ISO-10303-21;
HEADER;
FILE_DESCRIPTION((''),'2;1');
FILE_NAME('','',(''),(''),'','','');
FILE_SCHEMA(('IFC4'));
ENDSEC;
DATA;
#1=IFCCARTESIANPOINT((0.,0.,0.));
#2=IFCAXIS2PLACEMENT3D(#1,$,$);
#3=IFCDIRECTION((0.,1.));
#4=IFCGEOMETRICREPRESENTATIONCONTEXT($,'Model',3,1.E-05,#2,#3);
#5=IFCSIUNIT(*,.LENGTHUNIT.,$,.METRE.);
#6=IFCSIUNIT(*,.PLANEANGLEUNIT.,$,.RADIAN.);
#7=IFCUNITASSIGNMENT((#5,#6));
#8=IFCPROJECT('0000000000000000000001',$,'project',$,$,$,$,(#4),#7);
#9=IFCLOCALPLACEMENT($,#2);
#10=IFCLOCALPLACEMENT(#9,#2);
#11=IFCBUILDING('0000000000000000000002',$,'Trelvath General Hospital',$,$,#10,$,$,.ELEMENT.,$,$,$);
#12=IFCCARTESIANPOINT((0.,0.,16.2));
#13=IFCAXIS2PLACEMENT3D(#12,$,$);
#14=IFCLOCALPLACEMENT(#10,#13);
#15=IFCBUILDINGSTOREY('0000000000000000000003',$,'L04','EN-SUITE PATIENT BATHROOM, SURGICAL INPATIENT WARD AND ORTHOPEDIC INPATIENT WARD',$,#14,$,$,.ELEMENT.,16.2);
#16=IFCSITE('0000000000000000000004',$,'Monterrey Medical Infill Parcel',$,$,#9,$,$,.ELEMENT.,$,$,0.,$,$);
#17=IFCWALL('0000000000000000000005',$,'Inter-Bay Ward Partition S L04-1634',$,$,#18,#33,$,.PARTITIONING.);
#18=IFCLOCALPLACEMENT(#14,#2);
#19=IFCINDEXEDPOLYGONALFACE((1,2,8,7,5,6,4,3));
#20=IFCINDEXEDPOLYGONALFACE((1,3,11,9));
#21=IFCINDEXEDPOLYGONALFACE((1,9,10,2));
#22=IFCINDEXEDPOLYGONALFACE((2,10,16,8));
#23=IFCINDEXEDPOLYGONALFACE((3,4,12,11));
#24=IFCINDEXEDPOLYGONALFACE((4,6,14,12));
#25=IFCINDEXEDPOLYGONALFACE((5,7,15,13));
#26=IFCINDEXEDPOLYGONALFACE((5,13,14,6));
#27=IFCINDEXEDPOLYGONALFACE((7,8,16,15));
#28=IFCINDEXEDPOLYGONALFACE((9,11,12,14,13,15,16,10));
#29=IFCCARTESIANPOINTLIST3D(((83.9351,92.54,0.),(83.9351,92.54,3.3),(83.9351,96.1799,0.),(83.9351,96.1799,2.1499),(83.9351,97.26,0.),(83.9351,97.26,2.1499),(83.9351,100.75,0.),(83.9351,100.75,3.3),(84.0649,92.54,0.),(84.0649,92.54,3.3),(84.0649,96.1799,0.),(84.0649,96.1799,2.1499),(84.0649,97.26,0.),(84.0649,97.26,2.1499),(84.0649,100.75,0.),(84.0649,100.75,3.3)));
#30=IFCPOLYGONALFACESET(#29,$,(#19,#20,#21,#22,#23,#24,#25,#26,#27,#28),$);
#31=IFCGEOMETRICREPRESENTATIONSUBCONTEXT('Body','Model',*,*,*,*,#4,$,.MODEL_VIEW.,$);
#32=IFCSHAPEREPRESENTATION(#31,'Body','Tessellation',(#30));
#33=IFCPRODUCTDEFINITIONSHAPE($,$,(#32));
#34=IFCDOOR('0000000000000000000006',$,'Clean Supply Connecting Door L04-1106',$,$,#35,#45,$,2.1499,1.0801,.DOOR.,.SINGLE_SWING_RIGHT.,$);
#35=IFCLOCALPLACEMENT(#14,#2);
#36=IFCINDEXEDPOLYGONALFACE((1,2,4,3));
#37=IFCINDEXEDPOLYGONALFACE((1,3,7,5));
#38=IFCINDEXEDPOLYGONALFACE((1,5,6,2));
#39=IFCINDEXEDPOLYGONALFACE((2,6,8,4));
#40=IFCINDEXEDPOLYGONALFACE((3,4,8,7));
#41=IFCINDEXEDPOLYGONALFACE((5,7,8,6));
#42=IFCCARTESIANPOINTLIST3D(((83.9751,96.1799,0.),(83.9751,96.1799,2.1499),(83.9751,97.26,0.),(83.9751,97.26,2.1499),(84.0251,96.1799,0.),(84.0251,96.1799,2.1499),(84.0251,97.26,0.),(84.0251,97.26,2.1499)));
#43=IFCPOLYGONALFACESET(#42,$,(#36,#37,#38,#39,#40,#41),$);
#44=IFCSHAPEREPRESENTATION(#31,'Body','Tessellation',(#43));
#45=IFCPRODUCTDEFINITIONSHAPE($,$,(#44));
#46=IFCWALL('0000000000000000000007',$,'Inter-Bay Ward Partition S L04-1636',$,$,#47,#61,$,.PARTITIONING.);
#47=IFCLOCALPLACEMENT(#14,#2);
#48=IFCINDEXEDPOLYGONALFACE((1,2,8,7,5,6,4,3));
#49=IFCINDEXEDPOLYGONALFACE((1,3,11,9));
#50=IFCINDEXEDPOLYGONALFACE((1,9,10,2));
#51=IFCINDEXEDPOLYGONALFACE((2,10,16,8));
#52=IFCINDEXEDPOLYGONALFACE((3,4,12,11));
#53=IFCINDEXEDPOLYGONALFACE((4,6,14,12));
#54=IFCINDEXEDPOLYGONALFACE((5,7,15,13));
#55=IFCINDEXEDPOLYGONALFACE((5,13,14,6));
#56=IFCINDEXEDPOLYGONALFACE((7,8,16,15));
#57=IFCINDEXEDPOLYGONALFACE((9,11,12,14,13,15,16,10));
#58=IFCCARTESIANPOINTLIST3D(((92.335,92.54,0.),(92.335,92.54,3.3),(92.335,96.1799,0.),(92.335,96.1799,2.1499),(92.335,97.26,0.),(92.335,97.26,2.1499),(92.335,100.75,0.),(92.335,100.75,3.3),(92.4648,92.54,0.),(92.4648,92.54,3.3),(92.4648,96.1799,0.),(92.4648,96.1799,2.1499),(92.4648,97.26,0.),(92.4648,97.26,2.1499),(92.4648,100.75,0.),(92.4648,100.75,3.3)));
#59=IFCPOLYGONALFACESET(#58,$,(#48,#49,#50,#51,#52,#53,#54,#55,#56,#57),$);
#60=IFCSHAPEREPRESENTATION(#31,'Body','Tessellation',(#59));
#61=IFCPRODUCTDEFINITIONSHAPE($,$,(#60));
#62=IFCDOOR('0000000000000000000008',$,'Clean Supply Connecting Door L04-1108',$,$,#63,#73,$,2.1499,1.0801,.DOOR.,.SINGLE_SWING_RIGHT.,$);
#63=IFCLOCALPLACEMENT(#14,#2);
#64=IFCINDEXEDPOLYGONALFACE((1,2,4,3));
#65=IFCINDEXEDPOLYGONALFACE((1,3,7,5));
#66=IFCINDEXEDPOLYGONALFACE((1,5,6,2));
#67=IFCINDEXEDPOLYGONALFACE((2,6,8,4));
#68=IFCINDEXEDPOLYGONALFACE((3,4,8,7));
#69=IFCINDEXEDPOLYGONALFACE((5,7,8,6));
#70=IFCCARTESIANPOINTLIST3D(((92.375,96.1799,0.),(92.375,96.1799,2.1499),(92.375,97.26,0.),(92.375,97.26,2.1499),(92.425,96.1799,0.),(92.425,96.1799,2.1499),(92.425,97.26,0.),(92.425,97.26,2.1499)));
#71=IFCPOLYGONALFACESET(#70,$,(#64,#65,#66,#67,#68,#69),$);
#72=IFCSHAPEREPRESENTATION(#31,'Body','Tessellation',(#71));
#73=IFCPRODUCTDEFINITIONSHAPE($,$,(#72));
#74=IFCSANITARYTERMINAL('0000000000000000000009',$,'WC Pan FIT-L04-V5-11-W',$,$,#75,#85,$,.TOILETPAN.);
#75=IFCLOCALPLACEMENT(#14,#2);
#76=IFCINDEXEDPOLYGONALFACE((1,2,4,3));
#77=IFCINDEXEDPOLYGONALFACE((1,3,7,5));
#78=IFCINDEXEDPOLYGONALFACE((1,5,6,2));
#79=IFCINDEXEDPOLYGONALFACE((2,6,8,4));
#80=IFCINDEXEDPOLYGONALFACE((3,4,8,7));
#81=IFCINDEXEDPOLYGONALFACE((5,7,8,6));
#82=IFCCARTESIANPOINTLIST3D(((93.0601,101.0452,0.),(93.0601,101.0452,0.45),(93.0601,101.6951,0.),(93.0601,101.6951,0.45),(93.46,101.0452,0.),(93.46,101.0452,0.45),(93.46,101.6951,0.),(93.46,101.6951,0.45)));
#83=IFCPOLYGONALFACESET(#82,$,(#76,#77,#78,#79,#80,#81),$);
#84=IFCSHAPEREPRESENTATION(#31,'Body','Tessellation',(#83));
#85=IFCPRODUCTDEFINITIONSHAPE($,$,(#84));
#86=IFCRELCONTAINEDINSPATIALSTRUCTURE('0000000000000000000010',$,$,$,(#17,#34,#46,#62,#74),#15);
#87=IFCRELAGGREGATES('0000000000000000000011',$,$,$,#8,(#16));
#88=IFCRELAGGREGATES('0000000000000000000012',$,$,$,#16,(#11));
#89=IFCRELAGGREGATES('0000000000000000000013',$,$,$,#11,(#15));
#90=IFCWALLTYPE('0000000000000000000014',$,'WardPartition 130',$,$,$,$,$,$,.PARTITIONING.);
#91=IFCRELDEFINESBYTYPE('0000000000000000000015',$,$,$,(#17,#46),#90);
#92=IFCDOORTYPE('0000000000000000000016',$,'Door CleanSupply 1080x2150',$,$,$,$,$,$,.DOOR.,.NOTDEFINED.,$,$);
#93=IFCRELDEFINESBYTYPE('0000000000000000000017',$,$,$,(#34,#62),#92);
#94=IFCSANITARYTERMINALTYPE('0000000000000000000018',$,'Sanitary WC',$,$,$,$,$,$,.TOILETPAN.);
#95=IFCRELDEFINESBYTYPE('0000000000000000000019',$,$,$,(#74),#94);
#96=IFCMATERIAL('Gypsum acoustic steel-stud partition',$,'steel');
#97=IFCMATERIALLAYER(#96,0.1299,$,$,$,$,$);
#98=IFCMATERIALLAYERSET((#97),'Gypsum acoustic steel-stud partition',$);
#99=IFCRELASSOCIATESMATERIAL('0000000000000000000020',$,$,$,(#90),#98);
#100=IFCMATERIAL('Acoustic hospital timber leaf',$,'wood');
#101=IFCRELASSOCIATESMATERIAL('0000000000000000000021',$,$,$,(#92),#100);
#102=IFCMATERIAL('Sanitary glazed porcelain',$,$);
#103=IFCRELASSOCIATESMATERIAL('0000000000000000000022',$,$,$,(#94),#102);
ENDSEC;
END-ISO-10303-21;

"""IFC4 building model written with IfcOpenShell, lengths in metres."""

from ifc_helpers import new_model, si_unit, direction, frame, frame_2d, origin, origin_2d, place, context, subcontext, project, spatial, rectangle, extrude, material, layer, layer_set, type_object, element, fill, save


model = new_model("IFC4")

# Units and contexts
model_context = context("Model", 3, precision=1e-05, world=origin(), true_north=direction((0.0, 1.0)))
body_context = subcontext(model_context, "Body", "Model", "MODEL_VIEW")
ifc_project = project(units=[si_unit("LENGTHUNIT", "METRE"), si_unit("PLANEANGLEUNIT", "RADIAN")], contexts=[model_context])

# Site, building, storey
site_placement = place(None, origin())
site = spatial("IfcSite", under=ifc_project, at=site_placement, Name="Monterrey Medical Infill Parcel", CompositionType="ELEMENT", RefElevation=0.0)
building_placement = place(site_placement, origin())
building = spatial("IfcBuilding", under=site, at=building_placement, Name="Trelvath General Hospital", CompositionType="ELEMENT")
storey_placement = place(building_placement, frame((0.0, 0.0, 16.2)))
storey = spatial("IfcBuildingStorey", under=building, at=storey_placement, Name="L04", Description="EN-SUITE PATIENT BATHROOM, SURGICAL INPATIENT WARD AND ORTHOPEDIC INPATIENT WARD", CompositionType="ELEMENT", Elevation=16.2)

# Walls, openings, doors
ifc_material_1 = material(Name="Gypsum acoustic steel-stud partition", Category="steel")
ifc_layer_1 = layer(ifc_material_1, 0.1299)
ifc_layer_set_1 = layer_set([ifc_layer_1], Name="Gypsum acoustic steel-stud partition")
wall_type_1 = type_object("IfcWallType", Name="WardPartition 130", PredefinedType="PARTITIONING", material=ifc_layer_set_1)
wall_1_placement = place(storey_placement, frame((84.0, 92.54, 0.0), z_axis=(0.0, 0.0, 1.0), x_axis=(0.0, 1.0, 0.0)))
wall_1 = element("IfcWall", 1, at=wall_1_placement, inside=storey, type_object=wall_type_1, Name="Inter-Bay Ward Partition S L04-1634", PredefinedType="PARTITIONING", context=body_context, shape_type="SweptSolid", body=[
    extrude(rectangle(XDim=8.21, YDim=0.1299, at=frame_2d((4.105, 0.0))), origin(), (0.0, 0.0, 1.0), 3.3),
])
opening_1_placement = place(wall_1_placement, frame((3.6399, 0.0, 0.0)))
opening_1 = element("IfcOpeningElement", 2, at=opening_1_placement, cuts=wall_1, PredefinedType="OPENING", context=body_context, shape_type="SweptSolid", body=[
    extrude(rectangle(XDim=1.0801, YDim=2.1499, at=frame_2d((0.54, 1.075))), frame((0.0, 0.075, 0.0), z_axis=(0.0, -1.0, 0.0), x_axis=(1.0, 0.0, 0.0)), (0.0, 0.0, 1.0), 0.1499),
])
ifc_material_2 = material(Name="Acoustic hospital timber leaf", Category="wood")
door_type_1 = type_object("IfcDoorType", Name="Door CleanSupply 1080x2150", OperationType="NOTDEFINED", PredefinedType="DOOR", material=ifc_material_2)
door_1_placement = place(opening_1_placement, origin())
door_1 = element("IfcDoor", 3, at=door_1_placement, inside=storey, type_object=door_type_1, Name="Clean Supply Connecting Door L04-1106", OperationType="SINGLE_SWING_RIGHT", OverallHeight=2.1499, OverallWidth=1.0801, PredefinedType="DOOR", context=body_context, shape_type="SweptSolid", body=[
    extrude(rectangle(XDim=1.0801, YDim=2.1499, at=frame_2d((0.54, 1.075))), frame((0.0, 0.0249, 0.0), z_axis=(0.0, -1.0, 0.0), x_axis=(1.0, 0.0, 0.0)), (0.0, 0.0, 1.0), 0.05),
])
fill(opening_1, door_1)
wall_2_placement = place(storey_placement, frame((92.3999, 92.54, 0.0), z_axis=(0.0, 0.0, 1.0), x_axis=(0.0, 1.0, 0.0)))
wall_2 = element("IfcWall", 4, at=wall_2_placement, inside=storey, type_object=wall_type_1, Name="Inter-Bay Ward Partition S L04-1636", PredefinedType="PARTITIONING", context=body_context, shape_type="SweptSolid", body=[
    extrude(rectangle(XDim=8.21, YDim=0.1299, at=frame_2d((4.105, 0.0))), origin(), (0.0, 0.0, 1.0), 3.3),
])
opening_2_placement = place(wall_2_placement, frame((3.6399, 0.0, 0.0)))
opening_2 = element("IfcOpeningElement", 5, at=opening_2_placement, cuts=wall_2, PredefinedType="OPENING", context=body_context, shape_type="SweptSolid", body=[
    extrude(rectangle(XDim=1.0801, YDim=2.1499, at=frame_2d((0.54, 1.075))), frame((0.0, 0.075, 0.0), z_axis=(0.0, -1.0, 0.0), x_axis=(1.0, 0.0, 0.0)), (0.0, 0.0, 1.0), 0.1499),
])
door_2_placement = place(opening_2_placement, origin())
door_2 = element("IfcDoor", 6, at=door_2_placement, inside=storey, type_object=door_type_1, Name="Clean Supply Connecting Door L04-1108", OperationType="SINGLE_SWING_RIGHT", OverallHeight=2.1499, OverallWidth=1.0801, PredefinedType="DOOR", context=body_context, shape_type="SweptSolid", body=[
    extrude(rectangle(XDim=1.0801, YDim=2.1499, at=frame_2d((0.54, 1.075))), frame((0.0, 0.0249, 0.0), z_axis=(0.0, -1.0, 0.0), x_axis=(1.0, 0.0, 0.0)), (0.0, 0.0, 1.0), 0.05),
])
fill(opening_2, door_2)

# Sanitary terminal
ifc_material_3 = material(Name="Sanitary glazed porcelain")
sanitary_terminal_type = type_object("IfcSanitaryTerminalType", Name="Sanitary WC", PredefinedType="TOILETPAN", material=ifc_material_3)
sanitary_terminal_placement = place(storey_placement, frame((93.26, 101.3701, 0.0), z_axis=(0.0, 0.0, 1.0), x_axis=(1.0, 0.0, 0.0)))
element("IfcSanitaryTerminal", 7, at=sanitary_terminal_placement, inside=storey, type_object=sanitary_terminal_type, Name="WC Pan FIT-L04-V5-11-W", PredefinedType="TOILETPAN", context=body_context, shape_type="SweptSolid", body=[
    extrude(rectangle(XDim=0.3999, YDim=0.6499, at=origin_2d()), origin(), (0.0, 0.0, 1.0), 0.45),
])

save(model, "model.ifc")
